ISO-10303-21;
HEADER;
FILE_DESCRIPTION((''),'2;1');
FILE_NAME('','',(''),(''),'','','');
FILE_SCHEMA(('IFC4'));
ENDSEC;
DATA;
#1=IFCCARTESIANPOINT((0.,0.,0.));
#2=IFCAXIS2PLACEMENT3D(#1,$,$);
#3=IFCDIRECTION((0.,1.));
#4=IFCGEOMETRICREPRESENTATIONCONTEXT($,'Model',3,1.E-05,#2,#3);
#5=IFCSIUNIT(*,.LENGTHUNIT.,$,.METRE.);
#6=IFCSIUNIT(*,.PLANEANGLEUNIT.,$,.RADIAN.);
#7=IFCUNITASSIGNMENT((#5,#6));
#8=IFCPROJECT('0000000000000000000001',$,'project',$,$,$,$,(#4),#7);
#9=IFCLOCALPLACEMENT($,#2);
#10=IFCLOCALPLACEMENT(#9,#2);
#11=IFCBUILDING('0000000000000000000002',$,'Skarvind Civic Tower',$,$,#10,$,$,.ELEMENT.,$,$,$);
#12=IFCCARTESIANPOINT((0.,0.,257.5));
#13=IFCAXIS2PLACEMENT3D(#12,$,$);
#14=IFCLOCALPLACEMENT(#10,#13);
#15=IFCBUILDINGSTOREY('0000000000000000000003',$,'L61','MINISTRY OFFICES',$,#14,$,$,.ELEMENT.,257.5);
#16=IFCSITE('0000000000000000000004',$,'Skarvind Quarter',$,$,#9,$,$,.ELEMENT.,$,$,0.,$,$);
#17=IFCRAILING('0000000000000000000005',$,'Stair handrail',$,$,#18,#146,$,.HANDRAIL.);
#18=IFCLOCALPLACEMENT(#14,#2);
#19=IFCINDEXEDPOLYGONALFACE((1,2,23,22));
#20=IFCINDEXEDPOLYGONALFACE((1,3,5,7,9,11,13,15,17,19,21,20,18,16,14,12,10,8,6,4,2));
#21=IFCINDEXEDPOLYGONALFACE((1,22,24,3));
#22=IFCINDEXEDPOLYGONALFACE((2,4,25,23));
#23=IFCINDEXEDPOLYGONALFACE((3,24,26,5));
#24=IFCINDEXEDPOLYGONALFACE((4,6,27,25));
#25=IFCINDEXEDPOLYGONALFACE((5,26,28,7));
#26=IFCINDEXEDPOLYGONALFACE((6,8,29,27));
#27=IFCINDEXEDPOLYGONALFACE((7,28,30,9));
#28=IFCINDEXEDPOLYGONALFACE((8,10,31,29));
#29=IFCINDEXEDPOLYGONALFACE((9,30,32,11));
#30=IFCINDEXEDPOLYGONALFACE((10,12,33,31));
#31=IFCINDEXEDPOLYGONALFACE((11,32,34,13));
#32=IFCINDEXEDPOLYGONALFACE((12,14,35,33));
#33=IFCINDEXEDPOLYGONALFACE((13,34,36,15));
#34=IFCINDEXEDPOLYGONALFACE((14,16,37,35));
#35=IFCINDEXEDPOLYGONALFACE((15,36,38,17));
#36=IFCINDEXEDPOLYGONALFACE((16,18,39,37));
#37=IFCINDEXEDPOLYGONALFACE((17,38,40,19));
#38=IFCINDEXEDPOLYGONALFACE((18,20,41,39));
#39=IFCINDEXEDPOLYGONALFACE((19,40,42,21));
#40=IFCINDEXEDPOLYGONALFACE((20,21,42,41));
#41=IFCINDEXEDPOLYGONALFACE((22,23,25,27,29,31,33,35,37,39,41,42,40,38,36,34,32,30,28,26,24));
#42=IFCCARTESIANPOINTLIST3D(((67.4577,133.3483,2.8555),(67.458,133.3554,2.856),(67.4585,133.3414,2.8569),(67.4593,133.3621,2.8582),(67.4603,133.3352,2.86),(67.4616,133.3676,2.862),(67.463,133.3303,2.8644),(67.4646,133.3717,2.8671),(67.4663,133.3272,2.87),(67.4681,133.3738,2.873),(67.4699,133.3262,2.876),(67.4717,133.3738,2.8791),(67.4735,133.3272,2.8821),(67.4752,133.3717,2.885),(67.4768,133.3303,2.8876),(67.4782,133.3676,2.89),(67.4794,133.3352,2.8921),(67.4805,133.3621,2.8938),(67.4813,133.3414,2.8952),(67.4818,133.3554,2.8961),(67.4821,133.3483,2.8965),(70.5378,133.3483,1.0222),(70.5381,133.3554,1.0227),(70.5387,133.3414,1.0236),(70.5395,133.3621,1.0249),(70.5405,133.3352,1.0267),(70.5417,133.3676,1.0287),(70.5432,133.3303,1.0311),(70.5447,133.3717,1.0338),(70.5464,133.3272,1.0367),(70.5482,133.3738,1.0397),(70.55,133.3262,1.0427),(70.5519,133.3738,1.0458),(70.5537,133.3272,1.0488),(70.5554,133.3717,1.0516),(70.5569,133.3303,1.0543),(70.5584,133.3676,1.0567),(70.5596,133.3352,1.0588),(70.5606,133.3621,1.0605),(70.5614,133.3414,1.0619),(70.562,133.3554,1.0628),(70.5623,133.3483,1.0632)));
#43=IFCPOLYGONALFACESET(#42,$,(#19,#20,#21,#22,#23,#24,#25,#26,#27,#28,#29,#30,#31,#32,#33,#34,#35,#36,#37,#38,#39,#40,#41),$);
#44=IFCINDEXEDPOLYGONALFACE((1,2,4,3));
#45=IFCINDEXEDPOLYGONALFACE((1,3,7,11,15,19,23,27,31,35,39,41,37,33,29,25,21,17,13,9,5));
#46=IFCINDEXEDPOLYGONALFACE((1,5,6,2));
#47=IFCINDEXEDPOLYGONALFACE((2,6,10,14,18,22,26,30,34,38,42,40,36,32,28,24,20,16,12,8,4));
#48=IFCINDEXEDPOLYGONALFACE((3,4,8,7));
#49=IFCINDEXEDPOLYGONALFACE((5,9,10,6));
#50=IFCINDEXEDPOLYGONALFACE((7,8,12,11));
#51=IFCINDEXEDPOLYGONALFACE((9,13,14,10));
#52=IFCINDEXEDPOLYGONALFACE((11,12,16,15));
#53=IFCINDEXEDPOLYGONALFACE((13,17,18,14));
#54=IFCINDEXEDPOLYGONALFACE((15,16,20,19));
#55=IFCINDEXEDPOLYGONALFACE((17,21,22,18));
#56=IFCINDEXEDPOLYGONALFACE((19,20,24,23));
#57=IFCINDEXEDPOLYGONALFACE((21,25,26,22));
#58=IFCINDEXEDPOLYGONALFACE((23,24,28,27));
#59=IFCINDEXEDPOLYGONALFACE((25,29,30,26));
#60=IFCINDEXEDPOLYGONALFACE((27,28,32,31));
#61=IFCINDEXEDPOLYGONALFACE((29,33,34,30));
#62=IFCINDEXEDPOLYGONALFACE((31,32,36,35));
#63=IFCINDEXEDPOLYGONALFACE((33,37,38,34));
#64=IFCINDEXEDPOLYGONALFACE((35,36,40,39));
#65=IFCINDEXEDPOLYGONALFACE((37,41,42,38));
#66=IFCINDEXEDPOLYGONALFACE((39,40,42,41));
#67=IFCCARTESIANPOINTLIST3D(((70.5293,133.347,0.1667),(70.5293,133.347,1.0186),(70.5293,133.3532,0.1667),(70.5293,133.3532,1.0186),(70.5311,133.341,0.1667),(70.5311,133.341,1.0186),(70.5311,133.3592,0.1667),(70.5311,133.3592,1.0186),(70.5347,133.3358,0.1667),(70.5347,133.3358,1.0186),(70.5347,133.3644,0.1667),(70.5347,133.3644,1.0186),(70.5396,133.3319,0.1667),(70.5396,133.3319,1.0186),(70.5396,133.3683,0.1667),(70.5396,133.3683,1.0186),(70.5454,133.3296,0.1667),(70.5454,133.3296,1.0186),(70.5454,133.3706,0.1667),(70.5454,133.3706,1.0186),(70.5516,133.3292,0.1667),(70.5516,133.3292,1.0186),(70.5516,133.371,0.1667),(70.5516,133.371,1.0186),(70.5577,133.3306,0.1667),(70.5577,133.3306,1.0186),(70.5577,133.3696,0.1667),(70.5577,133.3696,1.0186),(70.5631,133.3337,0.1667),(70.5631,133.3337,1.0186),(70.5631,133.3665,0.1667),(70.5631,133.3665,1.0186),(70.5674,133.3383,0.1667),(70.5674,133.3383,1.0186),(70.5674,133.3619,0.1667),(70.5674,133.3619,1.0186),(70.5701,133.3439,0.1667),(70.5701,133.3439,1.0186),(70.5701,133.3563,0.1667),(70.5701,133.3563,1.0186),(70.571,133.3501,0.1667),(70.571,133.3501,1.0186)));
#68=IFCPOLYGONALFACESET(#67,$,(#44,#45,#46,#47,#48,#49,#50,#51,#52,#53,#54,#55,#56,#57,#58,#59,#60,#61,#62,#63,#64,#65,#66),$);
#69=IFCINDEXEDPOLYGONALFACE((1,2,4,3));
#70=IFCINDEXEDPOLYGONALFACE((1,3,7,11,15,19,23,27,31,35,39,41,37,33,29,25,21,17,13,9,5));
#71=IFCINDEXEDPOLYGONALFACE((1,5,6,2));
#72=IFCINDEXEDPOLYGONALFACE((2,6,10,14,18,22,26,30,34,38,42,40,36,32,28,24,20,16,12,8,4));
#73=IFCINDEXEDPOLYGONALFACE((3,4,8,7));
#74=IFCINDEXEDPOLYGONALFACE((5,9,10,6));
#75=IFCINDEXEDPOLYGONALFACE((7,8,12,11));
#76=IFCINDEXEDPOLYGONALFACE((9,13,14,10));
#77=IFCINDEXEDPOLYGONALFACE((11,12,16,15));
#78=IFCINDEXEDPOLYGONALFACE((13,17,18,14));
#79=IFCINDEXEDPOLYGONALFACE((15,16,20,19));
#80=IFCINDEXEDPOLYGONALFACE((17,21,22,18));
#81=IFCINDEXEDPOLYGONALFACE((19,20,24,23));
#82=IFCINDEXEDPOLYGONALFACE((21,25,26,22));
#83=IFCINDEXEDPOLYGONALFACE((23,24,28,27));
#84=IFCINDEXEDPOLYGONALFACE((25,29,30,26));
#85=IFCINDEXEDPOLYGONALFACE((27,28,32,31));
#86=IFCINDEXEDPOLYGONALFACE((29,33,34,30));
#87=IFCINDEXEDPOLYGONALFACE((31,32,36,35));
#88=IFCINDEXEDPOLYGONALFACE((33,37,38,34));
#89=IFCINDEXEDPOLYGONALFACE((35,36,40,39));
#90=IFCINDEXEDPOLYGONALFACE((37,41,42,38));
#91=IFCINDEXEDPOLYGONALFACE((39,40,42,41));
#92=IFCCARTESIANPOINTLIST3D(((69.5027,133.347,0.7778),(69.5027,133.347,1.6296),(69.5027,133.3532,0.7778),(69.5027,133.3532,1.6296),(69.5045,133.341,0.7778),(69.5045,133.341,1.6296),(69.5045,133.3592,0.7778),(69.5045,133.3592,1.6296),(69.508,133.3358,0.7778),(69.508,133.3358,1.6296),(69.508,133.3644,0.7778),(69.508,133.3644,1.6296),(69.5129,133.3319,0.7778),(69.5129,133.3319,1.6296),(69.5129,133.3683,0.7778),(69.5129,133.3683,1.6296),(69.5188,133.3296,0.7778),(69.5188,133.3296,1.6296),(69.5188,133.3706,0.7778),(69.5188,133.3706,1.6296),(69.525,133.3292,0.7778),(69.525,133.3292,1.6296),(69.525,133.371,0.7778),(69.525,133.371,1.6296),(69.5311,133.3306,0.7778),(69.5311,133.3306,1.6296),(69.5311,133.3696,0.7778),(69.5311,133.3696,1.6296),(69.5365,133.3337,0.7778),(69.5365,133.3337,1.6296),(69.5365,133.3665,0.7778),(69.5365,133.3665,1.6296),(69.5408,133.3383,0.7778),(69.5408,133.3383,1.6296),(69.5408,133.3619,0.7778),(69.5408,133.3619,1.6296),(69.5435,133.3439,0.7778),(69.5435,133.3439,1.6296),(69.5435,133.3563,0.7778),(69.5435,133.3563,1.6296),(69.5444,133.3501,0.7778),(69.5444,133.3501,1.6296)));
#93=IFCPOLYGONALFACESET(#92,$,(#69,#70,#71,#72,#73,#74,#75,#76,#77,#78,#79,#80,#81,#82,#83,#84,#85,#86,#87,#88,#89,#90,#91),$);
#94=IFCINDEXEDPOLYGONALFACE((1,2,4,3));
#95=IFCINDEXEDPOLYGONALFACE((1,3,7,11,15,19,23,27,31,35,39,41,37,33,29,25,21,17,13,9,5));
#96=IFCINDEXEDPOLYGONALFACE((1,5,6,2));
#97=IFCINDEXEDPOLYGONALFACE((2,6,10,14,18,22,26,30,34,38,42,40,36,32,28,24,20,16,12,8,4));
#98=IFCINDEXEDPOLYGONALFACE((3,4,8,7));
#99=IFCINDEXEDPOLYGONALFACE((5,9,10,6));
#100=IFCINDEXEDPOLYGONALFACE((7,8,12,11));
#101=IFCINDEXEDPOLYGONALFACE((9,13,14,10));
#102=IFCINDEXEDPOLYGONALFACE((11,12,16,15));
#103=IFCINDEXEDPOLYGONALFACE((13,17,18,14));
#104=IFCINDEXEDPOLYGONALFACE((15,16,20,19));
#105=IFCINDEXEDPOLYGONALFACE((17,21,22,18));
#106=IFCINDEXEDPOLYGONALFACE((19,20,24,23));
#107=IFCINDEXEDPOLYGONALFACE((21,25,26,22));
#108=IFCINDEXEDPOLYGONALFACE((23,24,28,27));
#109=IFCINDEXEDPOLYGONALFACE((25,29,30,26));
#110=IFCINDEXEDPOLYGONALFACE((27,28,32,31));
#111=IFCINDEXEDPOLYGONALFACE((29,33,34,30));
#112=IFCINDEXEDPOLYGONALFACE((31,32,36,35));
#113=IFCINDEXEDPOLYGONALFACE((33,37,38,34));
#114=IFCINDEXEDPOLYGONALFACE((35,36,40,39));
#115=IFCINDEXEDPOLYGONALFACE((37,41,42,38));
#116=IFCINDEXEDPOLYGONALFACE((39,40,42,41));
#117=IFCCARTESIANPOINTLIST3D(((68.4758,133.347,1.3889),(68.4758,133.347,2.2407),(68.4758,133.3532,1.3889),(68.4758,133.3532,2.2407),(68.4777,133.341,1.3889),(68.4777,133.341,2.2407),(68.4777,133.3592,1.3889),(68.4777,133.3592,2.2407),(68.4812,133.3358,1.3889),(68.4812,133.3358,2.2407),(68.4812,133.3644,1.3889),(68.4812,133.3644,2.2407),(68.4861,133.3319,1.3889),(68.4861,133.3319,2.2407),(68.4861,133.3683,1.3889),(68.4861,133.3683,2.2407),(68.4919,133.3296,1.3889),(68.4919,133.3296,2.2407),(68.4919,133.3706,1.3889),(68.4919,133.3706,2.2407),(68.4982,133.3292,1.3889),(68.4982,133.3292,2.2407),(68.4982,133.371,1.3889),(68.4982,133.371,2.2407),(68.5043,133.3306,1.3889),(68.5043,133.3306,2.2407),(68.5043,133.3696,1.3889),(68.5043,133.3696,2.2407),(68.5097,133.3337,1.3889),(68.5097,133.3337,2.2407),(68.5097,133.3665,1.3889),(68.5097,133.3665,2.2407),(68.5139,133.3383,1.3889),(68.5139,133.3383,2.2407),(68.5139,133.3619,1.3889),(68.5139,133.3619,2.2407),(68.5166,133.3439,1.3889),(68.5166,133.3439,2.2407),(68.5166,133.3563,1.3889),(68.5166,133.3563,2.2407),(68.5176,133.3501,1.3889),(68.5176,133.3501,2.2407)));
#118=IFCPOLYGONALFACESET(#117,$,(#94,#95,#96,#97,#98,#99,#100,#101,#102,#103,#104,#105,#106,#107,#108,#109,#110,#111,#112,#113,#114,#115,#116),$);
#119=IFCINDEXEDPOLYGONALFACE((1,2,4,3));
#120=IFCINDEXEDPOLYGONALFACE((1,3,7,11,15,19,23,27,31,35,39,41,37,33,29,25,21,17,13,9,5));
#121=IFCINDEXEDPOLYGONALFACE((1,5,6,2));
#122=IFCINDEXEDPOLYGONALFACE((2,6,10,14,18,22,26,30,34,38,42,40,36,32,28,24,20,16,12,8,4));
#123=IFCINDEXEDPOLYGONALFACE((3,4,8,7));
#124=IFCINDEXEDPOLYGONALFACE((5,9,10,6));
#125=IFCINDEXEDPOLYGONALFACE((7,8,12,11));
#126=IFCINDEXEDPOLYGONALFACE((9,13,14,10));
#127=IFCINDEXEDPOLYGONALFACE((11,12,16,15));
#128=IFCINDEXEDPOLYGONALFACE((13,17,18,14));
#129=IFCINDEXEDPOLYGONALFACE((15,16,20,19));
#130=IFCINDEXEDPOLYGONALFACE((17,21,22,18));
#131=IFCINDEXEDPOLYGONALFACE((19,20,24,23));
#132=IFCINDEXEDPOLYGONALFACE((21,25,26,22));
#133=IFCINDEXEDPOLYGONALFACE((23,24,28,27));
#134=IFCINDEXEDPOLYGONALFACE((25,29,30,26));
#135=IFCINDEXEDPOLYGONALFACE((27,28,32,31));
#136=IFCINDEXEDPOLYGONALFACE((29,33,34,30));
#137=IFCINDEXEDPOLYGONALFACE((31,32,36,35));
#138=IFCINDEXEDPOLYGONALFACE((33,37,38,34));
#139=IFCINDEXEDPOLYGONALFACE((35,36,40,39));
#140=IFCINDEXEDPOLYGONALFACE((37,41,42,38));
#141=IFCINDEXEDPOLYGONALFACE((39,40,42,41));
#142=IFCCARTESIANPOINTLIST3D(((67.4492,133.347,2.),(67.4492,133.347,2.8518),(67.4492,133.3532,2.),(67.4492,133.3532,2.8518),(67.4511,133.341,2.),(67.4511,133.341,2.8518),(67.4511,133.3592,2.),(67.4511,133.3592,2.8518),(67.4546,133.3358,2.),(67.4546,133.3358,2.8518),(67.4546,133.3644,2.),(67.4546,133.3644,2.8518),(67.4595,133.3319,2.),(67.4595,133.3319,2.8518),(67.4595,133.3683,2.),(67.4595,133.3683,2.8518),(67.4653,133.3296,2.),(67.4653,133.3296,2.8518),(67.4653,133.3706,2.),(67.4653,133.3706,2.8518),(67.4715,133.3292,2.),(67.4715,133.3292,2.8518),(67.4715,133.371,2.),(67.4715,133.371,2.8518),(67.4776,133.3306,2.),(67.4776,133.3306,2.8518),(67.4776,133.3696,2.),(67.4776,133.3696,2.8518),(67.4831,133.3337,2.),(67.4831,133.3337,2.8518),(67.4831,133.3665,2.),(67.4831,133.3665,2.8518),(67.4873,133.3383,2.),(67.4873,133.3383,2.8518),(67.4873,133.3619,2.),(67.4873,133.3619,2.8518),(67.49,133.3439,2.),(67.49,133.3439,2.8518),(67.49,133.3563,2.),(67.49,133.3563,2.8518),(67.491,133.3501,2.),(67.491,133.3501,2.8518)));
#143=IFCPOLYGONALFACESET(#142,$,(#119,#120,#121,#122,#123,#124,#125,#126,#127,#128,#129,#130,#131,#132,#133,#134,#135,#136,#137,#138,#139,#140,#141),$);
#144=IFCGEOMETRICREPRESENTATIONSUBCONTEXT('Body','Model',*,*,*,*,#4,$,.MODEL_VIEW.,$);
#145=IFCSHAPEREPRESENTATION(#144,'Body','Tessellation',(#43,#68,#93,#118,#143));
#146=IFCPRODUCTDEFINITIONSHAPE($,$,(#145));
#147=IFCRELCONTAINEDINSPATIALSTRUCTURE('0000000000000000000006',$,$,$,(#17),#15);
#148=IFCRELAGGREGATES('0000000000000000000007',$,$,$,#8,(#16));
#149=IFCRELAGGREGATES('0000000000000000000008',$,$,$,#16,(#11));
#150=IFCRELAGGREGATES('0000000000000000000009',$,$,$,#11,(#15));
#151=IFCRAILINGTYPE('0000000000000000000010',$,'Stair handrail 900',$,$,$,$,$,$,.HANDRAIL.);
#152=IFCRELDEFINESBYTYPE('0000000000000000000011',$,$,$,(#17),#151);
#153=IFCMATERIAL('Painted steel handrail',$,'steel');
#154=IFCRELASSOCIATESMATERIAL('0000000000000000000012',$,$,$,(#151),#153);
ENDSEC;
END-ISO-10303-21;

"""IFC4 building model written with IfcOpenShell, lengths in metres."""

from ifc_helpers import new_model, si_unit, direction, frame, origin, origin_2d, place, context, subcontext, project, spatial, circle, extrude, material, type_object, element, save


model = new_model("IFC4")

# Units and contexts
model_context = context("Model", 3, precision=1e-05, world=origin(), true_north=direction((0.0, 1.0)))
body_context = subcontext(model_context, "Body", "Model", "MODEL_VIEW")
ifc_project = project(units=[si_unit("LENGTHUNIT", "METRE"), si_unit("PLANEANGLEUNIT", "RADIAN")], contexts=[model_context])

# Site, building, storey
site_placement = place(None, origin())
site = spatial("IfcSite", under=ifc_project, at=site_placement, Name="Skarvind Quarter", CompositionType="ELEMENT", RefElevation=0.0)
building_placement = place(site_placement, origin())
building = spatial("IfcBuilding", under=site, at=building_placement, Name="Skarvind Civic Tower", CompositionType="ELEMENT")
storey_placement = place(building_placement, frame((0.0, 0.0, 257.5)))
storey = spatial("IfcBuildingStorey", under=building, at=storey_placement, Name="L61", Description="MINISTRY OFFICES", CompositionType="ELEMENT", Elevation=257.5)

# Railing
ifc_material_1 = material(Name="Painted steel handrail", Category="steel")
railing_type = type_object("IfcRailingType", Name="Stair handrail 900", PredefinedType="HANDRAIL", material=ifc_material_1)
railing_1_placement = place(storey_placement, frame((70.55, 133.3501, 0.1667)))
element("IfcRailing", 1, at=railing_1_placement, inside=storey, type_object=railing_type, Name="Stair handrail", PredefinedType="HANDRAIL", context=body_context, shape_type="SweptSolid", body=[
    extrude(circle(Radius=0.0239, at=origin_2d()), frame((0.0, 0.0, 0.876), z_axis=(-0.859309, 0.0, 0.511458), x_axis=(0.0, -1.0, 0.0)), (0.0, 0.0, 1.0), 3.5845),
    extrude(circle(Radius=0.021, at=origin_2d()), origin(), (0.0, 0.0, 1.0), 0.8518),
    extrude(circle(Radius=0.021, at=origin_2d()), frame((-1.0266, 0.0, 0.6111)), (0.0, 0.0, 1.0), 0.8518),
    extrude(circle(Radius=0.021, at=origin_2d()), frame((-2.0535, 0.0, 1.2222)), (0.0, 0.0, 1.0), 0.8518),
    extrude(circle(Radius=0.021, at=origin_2d()), frame((-3.0801, 0.0, 1.8333)), (0.0, 0.0, 1.0), 0.8518),
])

save(model, "model.ifc")
